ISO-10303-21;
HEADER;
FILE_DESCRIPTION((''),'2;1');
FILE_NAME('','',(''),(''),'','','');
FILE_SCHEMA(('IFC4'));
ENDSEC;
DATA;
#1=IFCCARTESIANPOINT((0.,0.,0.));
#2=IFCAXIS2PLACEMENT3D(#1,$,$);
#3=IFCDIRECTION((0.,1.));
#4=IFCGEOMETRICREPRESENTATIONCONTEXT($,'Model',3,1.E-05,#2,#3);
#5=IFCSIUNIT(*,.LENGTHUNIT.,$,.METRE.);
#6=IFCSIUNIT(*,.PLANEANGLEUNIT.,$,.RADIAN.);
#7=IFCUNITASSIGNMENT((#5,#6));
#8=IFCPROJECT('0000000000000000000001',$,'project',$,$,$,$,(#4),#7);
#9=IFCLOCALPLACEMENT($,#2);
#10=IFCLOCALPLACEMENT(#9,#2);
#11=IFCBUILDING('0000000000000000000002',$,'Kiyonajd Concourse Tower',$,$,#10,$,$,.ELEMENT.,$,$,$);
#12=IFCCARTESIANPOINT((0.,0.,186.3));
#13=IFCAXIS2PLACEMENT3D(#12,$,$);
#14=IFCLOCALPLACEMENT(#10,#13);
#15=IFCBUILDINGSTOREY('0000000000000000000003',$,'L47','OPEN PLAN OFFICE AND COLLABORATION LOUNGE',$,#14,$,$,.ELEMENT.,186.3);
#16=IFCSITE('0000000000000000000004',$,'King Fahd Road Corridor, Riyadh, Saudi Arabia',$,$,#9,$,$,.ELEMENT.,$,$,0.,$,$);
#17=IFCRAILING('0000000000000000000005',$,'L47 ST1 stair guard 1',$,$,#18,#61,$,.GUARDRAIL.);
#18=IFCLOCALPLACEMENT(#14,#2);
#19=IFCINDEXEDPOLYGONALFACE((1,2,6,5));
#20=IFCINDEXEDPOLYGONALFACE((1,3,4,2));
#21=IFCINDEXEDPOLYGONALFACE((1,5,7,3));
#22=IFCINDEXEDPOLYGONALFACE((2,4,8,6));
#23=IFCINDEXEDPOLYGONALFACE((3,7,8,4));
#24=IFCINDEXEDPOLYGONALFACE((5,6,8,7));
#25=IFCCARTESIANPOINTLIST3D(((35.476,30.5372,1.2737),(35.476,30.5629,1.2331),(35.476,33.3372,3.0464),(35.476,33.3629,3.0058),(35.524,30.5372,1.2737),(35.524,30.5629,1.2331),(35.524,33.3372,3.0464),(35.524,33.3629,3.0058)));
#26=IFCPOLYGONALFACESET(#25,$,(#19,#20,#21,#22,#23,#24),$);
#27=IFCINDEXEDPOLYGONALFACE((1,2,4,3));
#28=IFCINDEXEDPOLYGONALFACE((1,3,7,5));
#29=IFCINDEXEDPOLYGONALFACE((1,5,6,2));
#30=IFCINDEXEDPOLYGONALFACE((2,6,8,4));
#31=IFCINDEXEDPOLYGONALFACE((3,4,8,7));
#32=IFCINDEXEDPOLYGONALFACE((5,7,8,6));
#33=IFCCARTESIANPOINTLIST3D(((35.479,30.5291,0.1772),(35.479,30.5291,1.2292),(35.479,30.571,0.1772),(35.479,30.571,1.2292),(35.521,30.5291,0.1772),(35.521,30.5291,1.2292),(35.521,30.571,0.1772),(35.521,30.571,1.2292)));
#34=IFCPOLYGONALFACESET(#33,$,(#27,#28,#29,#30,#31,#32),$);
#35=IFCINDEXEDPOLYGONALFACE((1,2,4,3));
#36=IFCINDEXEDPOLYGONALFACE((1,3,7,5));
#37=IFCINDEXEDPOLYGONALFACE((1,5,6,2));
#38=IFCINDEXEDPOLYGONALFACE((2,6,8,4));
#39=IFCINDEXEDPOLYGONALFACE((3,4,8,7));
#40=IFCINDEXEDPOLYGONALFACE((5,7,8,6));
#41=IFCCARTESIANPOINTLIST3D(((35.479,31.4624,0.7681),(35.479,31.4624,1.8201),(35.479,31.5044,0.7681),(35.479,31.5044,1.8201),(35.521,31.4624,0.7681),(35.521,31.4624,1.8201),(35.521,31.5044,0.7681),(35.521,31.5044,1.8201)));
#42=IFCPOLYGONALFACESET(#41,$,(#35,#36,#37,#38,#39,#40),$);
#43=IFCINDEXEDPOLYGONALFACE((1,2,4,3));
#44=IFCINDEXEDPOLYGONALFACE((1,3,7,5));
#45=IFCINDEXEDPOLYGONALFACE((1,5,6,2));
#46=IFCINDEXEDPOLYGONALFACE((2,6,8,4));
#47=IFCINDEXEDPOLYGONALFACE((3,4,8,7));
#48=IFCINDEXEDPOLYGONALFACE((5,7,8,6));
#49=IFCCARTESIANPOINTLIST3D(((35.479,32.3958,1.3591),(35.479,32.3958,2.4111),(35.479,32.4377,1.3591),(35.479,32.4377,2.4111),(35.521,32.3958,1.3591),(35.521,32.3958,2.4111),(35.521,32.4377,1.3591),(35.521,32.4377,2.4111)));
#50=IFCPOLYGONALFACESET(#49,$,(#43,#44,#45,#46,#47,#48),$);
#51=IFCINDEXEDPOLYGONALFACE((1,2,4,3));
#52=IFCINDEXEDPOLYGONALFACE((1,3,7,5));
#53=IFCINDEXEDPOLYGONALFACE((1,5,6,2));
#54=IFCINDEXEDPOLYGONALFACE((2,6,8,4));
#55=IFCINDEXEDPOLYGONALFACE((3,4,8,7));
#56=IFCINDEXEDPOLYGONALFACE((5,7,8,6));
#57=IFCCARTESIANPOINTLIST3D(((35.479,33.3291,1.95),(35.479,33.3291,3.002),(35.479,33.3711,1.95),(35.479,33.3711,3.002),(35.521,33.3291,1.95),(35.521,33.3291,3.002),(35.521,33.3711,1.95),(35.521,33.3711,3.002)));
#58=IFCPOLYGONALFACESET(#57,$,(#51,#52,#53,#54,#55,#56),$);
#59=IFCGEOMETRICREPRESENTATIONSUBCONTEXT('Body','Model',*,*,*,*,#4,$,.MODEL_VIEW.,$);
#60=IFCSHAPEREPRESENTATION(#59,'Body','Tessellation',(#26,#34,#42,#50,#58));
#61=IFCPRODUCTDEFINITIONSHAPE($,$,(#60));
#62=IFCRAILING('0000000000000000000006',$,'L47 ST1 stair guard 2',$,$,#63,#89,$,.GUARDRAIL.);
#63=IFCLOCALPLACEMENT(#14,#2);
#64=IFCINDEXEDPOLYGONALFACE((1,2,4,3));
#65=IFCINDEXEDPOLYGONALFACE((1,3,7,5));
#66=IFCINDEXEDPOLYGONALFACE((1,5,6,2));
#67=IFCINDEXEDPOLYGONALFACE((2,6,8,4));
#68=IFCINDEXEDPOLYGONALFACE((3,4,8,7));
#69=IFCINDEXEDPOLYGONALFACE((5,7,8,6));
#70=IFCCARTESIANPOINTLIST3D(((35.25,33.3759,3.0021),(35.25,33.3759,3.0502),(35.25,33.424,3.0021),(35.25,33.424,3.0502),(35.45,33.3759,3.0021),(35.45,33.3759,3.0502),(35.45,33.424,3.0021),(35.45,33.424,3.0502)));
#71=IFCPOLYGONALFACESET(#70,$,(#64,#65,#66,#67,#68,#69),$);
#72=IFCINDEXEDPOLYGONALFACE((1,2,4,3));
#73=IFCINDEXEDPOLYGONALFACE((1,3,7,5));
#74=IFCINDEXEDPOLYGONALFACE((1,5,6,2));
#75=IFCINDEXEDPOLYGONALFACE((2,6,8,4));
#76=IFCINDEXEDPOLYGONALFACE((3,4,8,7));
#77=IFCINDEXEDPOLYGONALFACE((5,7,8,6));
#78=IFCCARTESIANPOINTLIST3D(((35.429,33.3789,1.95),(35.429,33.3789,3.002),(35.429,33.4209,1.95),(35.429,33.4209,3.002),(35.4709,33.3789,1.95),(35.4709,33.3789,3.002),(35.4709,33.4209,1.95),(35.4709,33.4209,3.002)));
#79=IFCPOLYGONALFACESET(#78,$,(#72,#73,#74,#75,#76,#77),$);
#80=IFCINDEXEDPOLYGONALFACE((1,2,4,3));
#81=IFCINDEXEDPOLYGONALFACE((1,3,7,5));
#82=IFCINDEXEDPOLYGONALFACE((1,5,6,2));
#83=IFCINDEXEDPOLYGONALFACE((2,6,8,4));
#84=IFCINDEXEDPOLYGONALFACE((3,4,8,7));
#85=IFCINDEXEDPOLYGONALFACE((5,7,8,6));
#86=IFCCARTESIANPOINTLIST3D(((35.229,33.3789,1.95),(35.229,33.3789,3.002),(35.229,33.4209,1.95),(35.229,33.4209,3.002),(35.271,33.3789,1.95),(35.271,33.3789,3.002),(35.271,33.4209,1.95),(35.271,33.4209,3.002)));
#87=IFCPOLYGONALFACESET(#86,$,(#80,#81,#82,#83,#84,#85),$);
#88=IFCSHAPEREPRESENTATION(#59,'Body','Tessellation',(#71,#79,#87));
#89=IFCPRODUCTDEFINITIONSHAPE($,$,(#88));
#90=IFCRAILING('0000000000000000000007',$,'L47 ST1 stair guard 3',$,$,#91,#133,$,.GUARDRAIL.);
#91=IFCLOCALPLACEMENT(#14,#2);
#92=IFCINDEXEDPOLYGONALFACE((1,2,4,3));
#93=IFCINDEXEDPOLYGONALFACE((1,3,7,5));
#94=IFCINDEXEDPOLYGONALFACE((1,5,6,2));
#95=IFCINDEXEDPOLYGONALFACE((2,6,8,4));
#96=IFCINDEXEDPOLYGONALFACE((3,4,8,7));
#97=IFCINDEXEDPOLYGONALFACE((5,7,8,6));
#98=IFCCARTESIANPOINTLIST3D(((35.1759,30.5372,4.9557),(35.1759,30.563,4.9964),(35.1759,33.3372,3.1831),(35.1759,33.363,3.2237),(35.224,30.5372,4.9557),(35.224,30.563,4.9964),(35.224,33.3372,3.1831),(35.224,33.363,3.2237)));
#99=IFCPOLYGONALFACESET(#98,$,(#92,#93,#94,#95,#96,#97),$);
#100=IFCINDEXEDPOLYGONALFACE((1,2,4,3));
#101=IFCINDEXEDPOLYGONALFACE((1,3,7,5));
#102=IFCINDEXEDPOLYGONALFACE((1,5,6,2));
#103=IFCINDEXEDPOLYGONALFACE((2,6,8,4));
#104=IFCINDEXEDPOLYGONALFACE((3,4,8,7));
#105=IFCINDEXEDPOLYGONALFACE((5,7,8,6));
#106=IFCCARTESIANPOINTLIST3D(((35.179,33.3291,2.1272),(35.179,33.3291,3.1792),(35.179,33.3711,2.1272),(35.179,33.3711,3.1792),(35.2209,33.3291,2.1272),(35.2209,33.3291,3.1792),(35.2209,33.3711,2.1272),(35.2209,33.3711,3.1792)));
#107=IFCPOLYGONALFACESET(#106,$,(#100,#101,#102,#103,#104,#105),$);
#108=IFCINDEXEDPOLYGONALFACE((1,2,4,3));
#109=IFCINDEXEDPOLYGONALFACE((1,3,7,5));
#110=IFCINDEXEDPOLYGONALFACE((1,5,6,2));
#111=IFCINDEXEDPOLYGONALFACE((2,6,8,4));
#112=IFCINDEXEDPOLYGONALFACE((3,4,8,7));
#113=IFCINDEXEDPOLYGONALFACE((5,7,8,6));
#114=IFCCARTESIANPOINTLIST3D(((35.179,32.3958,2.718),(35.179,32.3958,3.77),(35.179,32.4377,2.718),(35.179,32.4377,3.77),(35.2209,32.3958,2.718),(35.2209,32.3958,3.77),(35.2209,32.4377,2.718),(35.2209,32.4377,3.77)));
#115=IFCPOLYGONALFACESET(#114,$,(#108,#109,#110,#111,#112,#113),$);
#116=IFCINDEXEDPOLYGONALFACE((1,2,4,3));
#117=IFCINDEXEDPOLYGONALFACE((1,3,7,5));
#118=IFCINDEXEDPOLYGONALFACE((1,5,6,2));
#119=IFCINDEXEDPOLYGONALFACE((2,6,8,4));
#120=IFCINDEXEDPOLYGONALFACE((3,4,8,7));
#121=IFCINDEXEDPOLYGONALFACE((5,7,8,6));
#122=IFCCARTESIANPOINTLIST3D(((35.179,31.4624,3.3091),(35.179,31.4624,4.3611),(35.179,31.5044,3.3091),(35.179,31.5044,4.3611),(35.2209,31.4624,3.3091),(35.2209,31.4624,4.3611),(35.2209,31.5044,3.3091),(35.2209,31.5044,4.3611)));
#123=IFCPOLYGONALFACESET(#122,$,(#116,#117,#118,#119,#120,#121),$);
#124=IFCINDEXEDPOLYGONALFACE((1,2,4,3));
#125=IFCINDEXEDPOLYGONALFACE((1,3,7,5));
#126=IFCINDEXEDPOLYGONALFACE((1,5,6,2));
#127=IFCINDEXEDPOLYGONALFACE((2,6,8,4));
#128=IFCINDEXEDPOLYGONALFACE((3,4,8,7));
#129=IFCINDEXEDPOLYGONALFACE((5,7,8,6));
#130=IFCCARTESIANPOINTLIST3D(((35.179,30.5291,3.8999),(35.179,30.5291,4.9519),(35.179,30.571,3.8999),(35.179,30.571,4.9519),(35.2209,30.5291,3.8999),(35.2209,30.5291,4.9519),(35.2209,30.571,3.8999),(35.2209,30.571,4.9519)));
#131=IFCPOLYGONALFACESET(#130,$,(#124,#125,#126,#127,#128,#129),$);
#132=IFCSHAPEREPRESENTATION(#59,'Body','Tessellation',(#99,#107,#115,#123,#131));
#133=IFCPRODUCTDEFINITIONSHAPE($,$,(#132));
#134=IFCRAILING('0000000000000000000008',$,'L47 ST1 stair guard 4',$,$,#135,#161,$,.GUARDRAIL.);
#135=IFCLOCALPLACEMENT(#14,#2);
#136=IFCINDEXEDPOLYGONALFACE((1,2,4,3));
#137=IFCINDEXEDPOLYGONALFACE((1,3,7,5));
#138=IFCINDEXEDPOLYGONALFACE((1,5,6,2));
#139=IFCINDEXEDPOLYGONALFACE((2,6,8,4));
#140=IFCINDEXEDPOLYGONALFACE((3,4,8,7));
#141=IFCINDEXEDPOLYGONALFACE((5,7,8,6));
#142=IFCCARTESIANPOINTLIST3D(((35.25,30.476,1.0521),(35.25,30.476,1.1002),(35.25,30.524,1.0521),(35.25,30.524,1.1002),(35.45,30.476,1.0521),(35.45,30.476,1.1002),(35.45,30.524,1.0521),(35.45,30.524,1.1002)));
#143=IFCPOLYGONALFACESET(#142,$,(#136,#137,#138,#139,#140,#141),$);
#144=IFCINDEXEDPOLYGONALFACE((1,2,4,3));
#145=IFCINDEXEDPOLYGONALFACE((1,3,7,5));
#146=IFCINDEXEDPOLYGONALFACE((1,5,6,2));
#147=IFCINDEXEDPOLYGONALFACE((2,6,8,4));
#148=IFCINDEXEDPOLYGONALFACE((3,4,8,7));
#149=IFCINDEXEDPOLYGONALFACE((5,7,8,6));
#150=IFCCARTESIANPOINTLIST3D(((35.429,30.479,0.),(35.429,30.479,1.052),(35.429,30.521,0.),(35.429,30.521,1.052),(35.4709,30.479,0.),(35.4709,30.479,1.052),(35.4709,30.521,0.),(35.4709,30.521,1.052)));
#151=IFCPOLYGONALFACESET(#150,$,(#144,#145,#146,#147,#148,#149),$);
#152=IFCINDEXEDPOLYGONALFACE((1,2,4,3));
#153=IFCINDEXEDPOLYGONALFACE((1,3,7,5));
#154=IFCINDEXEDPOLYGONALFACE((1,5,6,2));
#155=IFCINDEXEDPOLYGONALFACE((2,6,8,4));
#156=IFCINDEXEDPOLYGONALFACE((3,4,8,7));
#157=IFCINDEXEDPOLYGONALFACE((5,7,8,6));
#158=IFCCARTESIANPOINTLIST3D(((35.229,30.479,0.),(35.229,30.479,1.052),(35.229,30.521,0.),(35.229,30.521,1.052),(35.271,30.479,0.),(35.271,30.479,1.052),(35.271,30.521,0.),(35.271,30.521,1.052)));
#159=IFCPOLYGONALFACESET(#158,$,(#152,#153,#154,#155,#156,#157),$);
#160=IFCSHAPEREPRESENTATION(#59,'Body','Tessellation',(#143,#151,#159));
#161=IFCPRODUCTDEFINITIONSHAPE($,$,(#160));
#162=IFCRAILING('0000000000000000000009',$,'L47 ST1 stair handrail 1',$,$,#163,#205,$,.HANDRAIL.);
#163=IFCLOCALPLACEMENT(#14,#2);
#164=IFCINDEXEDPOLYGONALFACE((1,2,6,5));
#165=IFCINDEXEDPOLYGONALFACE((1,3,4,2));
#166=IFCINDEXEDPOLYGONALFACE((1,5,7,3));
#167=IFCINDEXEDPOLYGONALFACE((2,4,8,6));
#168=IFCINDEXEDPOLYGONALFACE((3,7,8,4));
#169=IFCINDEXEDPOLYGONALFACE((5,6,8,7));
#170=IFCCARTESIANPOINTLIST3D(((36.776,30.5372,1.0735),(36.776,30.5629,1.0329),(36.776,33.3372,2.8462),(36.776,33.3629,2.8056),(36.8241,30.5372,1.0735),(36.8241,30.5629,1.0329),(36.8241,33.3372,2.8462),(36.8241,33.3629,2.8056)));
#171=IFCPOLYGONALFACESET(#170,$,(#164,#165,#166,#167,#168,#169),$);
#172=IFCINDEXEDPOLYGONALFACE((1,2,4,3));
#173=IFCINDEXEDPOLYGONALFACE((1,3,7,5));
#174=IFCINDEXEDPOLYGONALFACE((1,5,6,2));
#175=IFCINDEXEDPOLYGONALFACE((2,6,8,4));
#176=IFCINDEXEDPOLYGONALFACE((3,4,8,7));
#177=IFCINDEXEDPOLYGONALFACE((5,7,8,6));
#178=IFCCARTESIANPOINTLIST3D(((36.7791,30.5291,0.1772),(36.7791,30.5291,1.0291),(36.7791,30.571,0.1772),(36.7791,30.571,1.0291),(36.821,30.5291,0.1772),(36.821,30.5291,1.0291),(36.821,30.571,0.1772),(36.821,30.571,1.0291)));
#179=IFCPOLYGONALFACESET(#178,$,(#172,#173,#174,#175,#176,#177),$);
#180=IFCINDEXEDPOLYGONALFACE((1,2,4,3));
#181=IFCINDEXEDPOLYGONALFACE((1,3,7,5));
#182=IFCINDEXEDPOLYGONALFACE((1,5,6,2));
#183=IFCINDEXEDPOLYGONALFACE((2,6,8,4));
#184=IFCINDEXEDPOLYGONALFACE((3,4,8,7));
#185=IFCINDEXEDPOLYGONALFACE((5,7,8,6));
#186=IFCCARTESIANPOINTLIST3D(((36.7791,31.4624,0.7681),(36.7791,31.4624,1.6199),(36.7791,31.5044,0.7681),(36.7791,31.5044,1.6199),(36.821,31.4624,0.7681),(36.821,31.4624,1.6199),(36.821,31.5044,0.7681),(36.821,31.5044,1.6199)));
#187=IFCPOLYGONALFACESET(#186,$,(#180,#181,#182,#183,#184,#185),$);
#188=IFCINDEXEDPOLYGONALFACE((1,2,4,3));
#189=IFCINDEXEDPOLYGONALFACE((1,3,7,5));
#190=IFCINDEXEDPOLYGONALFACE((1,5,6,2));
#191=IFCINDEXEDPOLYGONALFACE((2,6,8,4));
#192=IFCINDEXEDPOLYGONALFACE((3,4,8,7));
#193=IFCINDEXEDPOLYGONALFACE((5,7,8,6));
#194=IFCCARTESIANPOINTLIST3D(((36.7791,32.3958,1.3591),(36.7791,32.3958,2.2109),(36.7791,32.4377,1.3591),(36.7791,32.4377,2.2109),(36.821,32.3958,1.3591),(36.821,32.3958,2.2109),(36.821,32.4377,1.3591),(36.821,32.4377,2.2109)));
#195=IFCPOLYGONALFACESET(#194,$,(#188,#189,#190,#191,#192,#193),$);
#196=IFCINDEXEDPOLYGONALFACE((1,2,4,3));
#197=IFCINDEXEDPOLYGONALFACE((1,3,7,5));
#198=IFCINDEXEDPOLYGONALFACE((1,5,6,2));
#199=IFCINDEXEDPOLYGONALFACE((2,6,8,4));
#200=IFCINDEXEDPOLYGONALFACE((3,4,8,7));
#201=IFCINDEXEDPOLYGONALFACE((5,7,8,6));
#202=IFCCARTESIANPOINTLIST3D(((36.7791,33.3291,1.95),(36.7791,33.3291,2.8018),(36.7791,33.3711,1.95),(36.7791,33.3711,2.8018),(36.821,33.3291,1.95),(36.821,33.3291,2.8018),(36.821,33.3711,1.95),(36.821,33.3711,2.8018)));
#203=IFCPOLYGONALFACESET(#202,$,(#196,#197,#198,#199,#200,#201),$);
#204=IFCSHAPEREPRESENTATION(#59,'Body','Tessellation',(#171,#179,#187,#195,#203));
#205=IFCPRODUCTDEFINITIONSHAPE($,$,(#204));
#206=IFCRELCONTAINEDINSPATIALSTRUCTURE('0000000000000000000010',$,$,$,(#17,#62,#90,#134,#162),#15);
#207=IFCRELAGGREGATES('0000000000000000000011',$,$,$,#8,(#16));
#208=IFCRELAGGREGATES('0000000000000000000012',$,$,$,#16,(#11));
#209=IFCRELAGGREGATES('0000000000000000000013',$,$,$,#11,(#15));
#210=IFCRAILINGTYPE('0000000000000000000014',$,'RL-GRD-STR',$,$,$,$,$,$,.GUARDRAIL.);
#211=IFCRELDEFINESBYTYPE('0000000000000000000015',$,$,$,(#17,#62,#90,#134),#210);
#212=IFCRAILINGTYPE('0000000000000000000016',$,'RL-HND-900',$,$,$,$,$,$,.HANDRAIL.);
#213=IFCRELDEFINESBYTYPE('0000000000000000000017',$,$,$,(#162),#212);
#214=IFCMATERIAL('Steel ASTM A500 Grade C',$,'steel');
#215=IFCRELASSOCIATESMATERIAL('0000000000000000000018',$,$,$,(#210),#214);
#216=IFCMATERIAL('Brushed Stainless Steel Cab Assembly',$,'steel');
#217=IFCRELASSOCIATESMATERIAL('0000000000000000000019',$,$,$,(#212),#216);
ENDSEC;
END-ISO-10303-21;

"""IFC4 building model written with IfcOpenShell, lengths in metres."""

from ifc_helpers import new_model, si_unit, direction, frame, origin, origin_2d, place, context, subcontext, project, spatial, rectangle, extrude, material, type_object, element, save


model = new_model("IFC4")

# Units and contexts
model_context = context("Model", 3, precision=1e-05, world=origin(), true_north=direction((0.0, 1.0)))
body_context = subcontext(model_context, "Body", "Model", "MODEL_VIEW")
ifc_project = project(units=[si_unit("LENGTHUNIT", "METRE"), si_unit("PLANEANGLEUNIT", "RADIAN")], contexts=[model_context])

# Site, building, storey
site_placement = place(None, origin())
site = spatial("IfcSite", under=ifc_project, at=site_placement, Name="King Fahd Road Corridor, Riyadh, Saudi Arabia", CompositionType="ELEMENT", RefElevation=0.0)
building_placement = place(site_placement, origin())
building = spatial("IfcBuilding", under=site, at=building_placement, Name="Kiyonajd Concourse Tower", CompositionType="ELEMENT")
storey_placement = place(building_placement, frame((0.0, 0.0, 186.3)))
storey = spatial("IfcBuildingStorey", under=building, at=storey_placement, Name="L47", Description="OPEN PLAN OFFICE AND COLLABORATION LOUNGE", CompositionType="ELEMENT", Elevation=186.3)

# Shared definitions
ifc_material_1 = material(Name="Brushed Stainless Steel Cab Assembly", Category="steel")

# Railings
ifc_material_2 = material(Name="Steel ASTM A500 Grade C", Category="steel")
railing_type_1 = type_object("IfcRailingType", Name="RL-GRD-STR", PredefinedType="GUARDRAIL", material=ifc_material_2)
railing_1_placement = place(storey_placement, frame((35.5, 30.55, 0.1772)))
element("IfcRailing", 1, at=railing_1_placement, inside=storey, type_object=railing_type_1, Name="L47 ST1 stair guard 1", PredefinedType="GUARDRAIL", context=body_context, shape_type="SweptSolid", body=[
    extrude(rectangle(XDim=0.0481, YDim=0.0481, at=origin_2d()), frame((0.0, 0.0, 1.0762), z_axis=(0.0, 0.844909, 0.53491), x_axis=(-1.0, 0.0, 0.0)), (0.0, 0.0, 1.0), 3.314),
    extrude(rectangle(XDim=0.042, YDim=0.042, at=origin_2d()), origin(), (0.0, 0.0, 1.0), 1.052),
    extrude(rectangle(XDim=0.042, YDim=0.042, at=origin_2d()), frame((0.0, 0.9333, 0.5908)), (0.0, 0.0, 1.0), 1.052),
    extrude(rectangle(XDim=0.042, YDim=0.042, at=origin_2d()), frame((0.0, 1.8667, 1.1819)), (0.0, 0.0, 1.0), 1.052),
    extrude(rectangle(XDim=0.042, YDim=0.042, at=origin_2d()), frame((0.0, 2.8, 1.7727)), (0.0, 0.0, 1.0), 1.052),
])
railing_2_placement = place(storey_placement, frame((35.45, 33.3999, 1.95)))
element("IfcRailing", 2, at=railing_2_placement, inside=storey, type_object=railing_type_1, Name="L47 ST1 stair guard 2", PredefinedType="GUARDRAIL", context=body_context, shape_type="SweptSolid", body=[
    extrude(rectangle(XDim=0.0481, YDim=0.0481, at=origin_2d()), frame((0.0, 0.0, 1.0762), z_axis=(-1.0, 0.0, 0.0), x_axis=(0.0, -1.0, 0.0)), (0.0, 0.0, 1.0), 0.2),
    extrude(rectangle(XDim=0.042, YDim=0.042, at=origin_2d()), origin(), (0.0, 0.0, 1.0), 1.052),
    extrude(rectangle(XDim=0.042, YDim=0.042, at=origin_2d()), frame((-0.2, 0.0, 0.0)), (0.0, 0.0, 1.0), 1.052),
])
railing_3_placement = place(storey_placement, frame((35.2, 33.3501, 2.1272)))
element("IfcRailing", 3, at=railing_3_placement, inside=storey, type_object=railing_type_1, Name="L47 ST1 stair guard 3", PredefinedType="GUARDRAIL", context=body_context, shape_type="SweptSolid", body=[
    extrude(rectangle(XDim=0.0481, YDim=0.0481, at=origin_2d()), frame((0.0, 0.0, 1.0762), z_axis=(0.0, -0.844909, 0.53491), x_axis=(1.0, 0.0, 0.0)), (0.0, 0.0, 1.0), 3.314),
    extrude(rectangle(XDim=0.042, YDim=0.042, at=origin_2d()), origin(), (0.0, 0.0, 1.0), 1.052),
    extrude(rectangle(XDim=0.042, YDim=0.042, at=origin_2d()), frame((0.0, -0.9333, 0.5908)), (0.0, 0.0, 1.0), 1.052),
    extrude(rectangle(XDim=0.042, YDim=0.042, at=origin_2d()), frame((0.0, -1.8667, 1.1819)), (0.0, 0.0, 1.0), 1.052),
    extrude(rectangle(XDim=0.042, YDim=0.042, at=origin_2d()), frame((0.0, -2.8, 1.7727)), (0.0, 0.0, 1.0), 1.052),
])
railing_4_placement = place(storey_placement, frame((35.45, 30.5, 0.0)))
element("IfcRailing", 4, at=railing_4_placement, inside=storey, type_object=railing_type_1, Name="L47 ST1 stair guard 4", PredefinedType="GUARDRAIL", context=body_context, shape_type="SweptSolid", body=[
    extrude(rectangle(XDim=0.0481, YDim=0.0481, at=origin_2d()), frame((0.0, 0.0, 1.0762), z_axis=(-1.0, 0.0, 0.0), x_axis=(0.0, -1.0, 0.0)), (0.0, 0.0, 1.0), 0.2),
    extrude(rectangle(XDim=0.042, YDim=0.042, at=origin_2d()), origin(), (0.0, 0.0, 1.0), 1.052),
    extrude(rectangle(XDim=0.042, YDim=0.042, at=origin_2d()), frame((-0.2, 0.0, 0.0)), (0.0, 0.0, 1.0), 1.052),
])
railing_type_2 = type_object("IfcRailingType", Name="RL-HND-900", PredefinedType="HANDRAIL", material=ifc_material_1)
railing_5_placement = place(storey_placement, frame((36.8, 30.55, 0.1772)))
element("IfcRailing", 5, at=railing_5_placement, inside=storey, type_object=railing_type_2, Name="L47 ST1 stair handrail 1", PredefinedType="HANDRAIL", context=body_context, shape_type="SweptSolid", body=[
    extrude(rectangle(XDim=0.0481, YDim=0.0481, at=origin_2d()), frame((0.0, 0.0, 0.876), z_axis=(0.0, 0.844909, 0.53491), x_axis=(-1.0, 0.0, 0.0)), (0.0, 0.0, 1.0), 3.314),
    extrude(rectangle(XDim=0.042, YDim=0.042, at=origin_2d()), origin(), (0.0, 0.0, 1.0), 0.8518),
    extrude(rectangle(XDim=0.042, YDim=0.042, at=origin_2d()), frame((0.0, 0.9333, 0.5908)), (0.0, 0.0, 1.0), 0.8518),
    extrude(rectangle(XDim=0.042, YDim=0.042, at=origin_2d()), frame((0.0, 1.8667, 1.1819)), (0.0, 0.0, 1.0), 0.8518),
    extrude(rectangle(XDim=0.042, YDim=0.042, at=origin_2d()), frame((0.0, 2.8, 1.7727)), (0.0, 0.0, 1.0), 0.8518),
])

save(model, "model.ifc")
